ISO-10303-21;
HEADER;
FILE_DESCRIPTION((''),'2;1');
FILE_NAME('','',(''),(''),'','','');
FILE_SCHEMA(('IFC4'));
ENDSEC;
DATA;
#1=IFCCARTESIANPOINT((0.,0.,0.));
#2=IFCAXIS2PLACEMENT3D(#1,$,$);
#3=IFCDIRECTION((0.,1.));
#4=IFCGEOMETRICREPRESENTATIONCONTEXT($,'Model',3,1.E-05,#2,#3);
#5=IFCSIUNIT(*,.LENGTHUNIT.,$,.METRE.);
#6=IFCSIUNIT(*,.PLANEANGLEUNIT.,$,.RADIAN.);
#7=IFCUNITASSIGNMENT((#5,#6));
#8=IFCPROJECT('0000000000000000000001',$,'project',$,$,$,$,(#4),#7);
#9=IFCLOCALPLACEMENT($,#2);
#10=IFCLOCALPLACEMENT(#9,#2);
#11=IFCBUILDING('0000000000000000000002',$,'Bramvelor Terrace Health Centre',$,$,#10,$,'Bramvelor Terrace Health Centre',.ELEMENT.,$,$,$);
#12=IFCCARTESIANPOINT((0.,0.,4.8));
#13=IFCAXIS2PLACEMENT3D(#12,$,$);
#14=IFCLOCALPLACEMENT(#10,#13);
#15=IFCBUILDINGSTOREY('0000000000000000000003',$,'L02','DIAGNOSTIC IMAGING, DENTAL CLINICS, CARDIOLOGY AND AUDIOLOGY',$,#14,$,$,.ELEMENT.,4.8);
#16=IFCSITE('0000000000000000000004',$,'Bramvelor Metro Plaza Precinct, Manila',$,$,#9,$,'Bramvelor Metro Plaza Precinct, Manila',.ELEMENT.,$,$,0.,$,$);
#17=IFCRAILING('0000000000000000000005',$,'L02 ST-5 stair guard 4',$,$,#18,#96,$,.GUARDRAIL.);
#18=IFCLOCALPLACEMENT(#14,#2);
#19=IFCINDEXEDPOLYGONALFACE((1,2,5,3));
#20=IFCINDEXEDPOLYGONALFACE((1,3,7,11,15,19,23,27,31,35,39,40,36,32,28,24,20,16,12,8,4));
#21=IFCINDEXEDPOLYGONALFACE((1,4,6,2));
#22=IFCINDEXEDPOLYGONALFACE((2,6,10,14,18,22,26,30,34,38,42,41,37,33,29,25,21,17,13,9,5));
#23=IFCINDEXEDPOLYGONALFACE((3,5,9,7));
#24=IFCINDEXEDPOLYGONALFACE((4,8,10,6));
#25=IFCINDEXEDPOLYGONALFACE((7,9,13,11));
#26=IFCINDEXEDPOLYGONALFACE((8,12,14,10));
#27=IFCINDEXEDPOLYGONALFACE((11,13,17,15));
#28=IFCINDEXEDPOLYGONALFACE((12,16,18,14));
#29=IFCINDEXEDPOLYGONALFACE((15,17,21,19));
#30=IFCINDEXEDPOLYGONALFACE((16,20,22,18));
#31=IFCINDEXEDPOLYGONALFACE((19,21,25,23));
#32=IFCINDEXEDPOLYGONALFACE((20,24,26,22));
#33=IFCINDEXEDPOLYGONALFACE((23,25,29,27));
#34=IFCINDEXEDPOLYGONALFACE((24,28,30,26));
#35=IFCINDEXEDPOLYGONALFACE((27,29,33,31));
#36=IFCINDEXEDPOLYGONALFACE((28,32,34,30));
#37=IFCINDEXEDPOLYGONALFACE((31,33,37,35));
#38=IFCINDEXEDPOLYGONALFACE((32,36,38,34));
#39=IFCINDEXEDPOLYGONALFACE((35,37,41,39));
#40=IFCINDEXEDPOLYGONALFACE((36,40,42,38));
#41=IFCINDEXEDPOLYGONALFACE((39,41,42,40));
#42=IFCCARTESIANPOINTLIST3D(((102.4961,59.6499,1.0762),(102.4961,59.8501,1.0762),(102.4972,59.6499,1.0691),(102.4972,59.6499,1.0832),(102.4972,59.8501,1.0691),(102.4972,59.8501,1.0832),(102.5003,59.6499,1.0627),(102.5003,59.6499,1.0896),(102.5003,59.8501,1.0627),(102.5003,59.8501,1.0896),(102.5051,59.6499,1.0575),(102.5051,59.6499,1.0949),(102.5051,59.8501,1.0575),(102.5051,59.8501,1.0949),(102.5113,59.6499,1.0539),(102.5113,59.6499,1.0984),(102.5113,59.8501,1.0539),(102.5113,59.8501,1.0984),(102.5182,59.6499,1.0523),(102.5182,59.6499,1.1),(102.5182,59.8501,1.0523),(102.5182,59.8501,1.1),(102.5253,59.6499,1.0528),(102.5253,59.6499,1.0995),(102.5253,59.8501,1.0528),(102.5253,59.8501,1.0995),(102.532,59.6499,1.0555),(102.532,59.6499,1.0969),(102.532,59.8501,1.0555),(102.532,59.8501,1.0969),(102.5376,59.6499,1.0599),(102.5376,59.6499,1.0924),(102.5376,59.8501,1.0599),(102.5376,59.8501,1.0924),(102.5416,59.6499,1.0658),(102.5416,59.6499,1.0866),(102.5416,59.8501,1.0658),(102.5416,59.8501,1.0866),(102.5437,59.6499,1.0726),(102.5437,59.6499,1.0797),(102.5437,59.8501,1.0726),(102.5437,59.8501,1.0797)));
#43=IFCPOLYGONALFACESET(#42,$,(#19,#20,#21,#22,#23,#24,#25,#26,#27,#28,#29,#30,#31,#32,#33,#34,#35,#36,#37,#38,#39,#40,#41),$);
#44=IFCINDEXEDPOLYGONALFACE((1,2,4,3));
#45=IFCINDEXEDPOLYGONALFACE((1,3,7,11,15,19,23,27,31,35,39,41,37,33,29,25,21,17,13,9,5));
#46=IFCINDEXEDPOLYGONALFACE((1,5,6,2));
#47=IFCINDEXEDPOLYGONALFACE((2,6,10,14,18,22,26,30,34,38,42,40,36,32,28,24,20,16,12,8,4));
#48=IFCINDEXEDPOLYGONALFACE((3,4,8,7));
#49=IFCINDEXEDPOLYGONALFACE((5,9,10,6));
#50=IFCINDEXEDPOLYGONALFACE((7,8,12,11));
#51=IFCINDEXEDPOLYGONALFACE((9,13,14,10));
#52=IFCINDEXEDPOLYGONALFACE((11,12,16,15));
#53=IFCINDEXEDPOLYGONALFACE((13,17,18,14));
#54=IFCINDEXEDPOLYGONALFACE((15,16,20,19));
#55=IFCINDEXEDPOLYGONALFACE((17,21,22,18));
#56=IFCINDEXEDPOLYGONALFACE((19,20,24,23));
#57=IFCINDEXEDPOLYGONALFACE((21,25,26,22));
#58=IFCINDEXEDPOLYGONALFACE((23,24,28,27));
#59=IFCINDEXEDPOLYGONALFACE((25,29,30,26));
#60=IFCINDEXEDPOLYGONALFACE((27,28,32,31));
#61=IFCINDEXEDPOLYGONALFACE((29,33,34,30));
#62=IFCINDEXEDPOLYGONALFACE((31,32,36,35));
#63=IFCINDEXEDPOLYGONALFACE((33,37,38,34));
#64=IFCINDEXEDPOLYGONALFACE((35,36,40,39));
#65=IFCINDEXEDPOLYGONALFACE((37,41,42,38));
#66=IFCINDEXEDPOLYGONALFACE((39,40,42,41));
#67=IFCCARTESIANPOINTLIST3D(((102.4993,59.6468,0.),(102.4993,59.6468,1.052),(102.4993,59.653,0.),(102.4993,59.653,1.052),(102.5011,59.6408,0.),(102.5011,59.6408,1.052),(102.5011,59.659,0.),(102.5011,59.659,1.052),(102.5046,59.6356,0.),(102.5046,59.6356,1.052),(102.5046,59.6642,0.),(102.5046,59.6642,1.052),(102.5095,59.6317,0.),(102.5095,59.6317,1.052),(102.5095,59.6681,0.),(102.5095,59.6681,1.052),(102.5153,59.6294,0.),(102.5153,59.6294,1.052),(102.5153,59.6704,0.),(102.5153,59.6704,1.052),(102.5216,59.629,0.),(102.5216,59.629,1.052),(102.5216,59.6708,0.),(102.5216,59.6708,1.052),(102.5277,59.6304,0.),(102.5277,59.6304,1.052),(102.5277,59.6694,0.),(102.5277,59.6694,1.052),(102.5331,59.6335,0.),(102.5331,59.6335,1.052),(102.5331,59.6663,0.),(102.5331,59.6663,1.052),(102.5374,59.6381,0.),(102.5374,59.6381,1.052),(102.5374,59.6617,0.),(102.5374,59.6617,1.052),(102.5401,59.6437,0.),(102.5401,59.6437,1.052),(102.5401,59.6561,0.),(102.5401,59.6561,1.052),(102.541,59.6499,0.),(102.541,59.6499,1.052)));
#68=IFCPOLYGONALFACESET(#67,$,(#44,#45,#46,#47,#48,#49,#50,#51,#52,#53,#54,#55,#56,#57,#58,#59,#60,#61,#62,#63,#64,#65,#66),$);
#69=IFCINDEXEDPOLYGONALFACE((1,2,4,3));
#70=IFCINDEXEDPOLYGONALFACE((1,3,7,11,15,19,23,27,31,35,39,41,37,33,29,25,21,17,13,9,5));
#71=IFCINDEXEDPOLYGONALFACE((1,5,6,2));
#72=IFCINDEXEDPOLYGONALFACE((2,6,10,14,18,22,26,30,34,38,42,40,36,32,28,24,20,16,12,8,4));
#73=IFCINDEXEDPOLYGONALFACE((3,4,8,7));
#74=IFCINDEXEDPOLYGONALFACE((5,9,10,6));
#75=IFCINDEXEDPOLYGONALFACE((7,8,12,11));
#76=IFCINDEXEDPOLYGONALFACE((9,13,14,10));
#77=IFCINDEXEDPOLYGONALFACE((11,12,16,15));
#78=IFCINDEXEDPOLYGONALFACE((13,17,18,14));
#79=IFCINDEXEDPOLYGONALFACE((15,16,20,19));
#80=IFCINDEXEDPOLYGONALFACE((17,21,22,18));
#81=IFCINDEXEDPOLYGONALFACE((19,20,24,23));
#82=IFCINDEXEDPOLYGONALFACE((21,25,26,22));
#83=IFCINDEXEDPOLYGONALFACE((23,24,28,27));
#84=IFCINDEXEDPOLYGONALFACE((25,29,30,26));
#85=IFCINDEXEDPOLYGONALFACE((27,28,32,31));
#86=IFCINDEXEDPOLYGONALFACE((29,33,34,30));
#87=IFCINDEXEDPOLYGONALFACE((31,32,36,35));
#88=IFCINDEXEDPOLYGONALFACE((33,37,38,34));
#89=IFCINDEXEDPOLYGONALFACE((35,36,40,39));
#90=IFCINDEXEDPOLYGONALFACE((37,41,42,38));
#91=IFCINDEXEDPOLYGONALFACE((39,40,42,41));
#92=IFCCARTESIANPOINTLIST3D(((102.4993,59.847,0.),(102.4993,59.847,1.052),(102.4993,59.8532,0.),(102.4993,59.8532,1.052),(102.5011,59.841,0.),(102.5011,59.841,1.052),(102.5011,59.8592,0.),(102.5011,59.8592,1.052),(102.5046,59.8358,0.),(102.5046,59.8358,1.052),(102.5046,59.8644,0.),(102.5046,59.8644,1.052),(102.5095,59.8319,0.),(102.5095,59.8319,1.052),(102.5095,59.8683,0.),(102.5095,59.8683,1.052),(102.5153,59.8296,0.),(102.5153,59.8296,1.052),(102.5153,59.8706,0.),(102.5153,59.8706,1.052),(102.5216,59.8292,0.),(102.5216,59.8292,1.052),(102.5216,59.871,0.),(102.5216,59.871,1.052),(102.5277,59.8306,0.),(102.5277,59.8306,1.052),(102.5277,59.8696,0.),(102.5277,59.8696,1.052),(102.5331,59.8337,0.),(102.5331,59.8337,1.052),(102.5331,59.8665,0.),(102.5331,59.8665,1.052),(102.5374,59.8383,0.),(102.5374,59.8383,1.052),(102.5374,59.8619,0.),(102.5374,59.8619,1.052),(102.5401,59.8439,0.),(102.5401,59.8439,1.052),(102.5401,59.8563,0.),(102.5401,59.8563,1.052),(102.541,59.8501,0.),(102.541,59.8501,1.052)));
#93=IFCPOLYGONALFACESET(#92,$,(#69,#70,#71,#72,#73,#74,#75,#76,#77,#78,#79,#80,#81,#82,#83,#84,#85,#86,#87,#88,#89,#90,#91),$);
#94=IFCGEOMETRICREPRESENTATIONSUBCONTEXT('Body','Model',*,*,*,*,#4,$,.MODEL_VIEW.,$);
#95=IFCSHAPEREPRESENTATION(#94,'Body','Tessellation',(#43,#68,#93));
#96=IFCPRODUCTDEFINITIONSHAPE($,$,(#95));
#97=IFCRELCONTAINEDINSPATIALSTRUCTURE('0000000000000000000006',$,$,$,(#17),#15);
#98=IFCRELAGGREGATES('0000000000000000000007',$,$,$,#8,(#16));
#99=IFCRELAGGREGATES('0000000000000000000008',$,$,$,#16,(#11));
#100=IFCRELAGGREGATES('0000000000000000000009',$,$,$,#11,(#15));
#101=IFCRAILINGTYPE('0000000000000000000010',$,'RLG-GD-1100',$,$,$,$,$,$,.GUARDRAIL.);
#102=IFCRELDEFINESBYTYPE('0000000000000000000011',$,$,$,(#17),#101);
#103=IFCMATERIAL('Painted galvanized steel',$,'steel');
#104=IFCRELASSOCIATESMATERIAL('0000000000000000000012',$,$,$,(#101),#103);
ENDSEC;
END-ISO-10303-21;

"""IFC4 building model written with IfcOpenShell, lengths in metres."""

from ifc_helpers import new_model, si_unit, direction, frame, origin, origin_2d, place, context, subcontext, project, spatial, circle, extrude, material, type_object, element, save


model = new_model("IFC4")

# Units and contexts
model_context = context("Model", 3, precision=1e-05, world=origin(), true_north=direction((0.0, 1.0)))
body_context = subcontext(model_context, "Body", "Model", "MODEL_VIEW")
ifc_project = project(units=[si_unit("LENGTHUNIT", "METRE"), si_unit("PLANEANGLEUNIT", "RADIAN")], contexts=[model_context])

# Site, building, storey
site_placement = place(None, origin())
site = spatial("IfcSite", under=ifc_project, at=site_placement, Name="Bramvelor Metro Plaza Precinct, Manila", LongName="Bramvelor Metro Plaza Precinct, Manila", CompositionType="ELEMENT", RefElevation=0.0)
building_placement = place(site_placement, origin())
building = spatial("IfcBuilding", under=site, at=building_placement, Name="Bramvelor Terrace Health Centre", LongName="Bramvelor Terrace Health Centre", CompositionType="ELEMENT")
storey_placement = place(building_placement, frame((0.0, 0.0, 4.8)))
storey = spatial("IfcBuildingStorey", under=building, at=storey_placement, Name="L02", Description="DIAGNOSTIC IMAGING, DENTAL CLINICS, CARDIOLOGY AND AUDIOLOGY", CompositionType="ELEMENT", Elevation=4.8)

# Railing
ifc_material_1 = material(Name="Painted galvanized steel", Category="steel")
railing_type_1 = type_object("IfcRailingType", Name="RLG-GD-1100", PredefinedType="GUARDRAIL", material=ifc_material_1)
railing_1_placement = place(storey_placement, frame((102.52, 59.6499, 0.0)))
element("IfcRailing", 1, at=railing_1_placement, inside=storey, type_object=railing_type_1, Name="L02 ST-5 stair guard 4", PredefinedType="GUARDRAIL", context=body_context, shape_type="SweptSolid", body=[
    extrude(circle(Radius=0.0239, at=origin_2d()), frame((0.0, 0.0, 1.0762), z_axis=(0.0, 1.0, 0.0), x_axis=(-1.0, 0.0, 0.0)), (0.0, 0.0, 1.0), 0.2002),
    extrude(circle(Radius=0.021, at=origin_2d()), origin(), (0.0, 0.0, 1.0), 1.052),
    extrude(circle(Radius=0.021, at=origin_2d()), frame((0.0, 0.2002, 0.0)), (0.0, 0.0, 1.0), 1.052),
])

save(model, "model.ifc")
